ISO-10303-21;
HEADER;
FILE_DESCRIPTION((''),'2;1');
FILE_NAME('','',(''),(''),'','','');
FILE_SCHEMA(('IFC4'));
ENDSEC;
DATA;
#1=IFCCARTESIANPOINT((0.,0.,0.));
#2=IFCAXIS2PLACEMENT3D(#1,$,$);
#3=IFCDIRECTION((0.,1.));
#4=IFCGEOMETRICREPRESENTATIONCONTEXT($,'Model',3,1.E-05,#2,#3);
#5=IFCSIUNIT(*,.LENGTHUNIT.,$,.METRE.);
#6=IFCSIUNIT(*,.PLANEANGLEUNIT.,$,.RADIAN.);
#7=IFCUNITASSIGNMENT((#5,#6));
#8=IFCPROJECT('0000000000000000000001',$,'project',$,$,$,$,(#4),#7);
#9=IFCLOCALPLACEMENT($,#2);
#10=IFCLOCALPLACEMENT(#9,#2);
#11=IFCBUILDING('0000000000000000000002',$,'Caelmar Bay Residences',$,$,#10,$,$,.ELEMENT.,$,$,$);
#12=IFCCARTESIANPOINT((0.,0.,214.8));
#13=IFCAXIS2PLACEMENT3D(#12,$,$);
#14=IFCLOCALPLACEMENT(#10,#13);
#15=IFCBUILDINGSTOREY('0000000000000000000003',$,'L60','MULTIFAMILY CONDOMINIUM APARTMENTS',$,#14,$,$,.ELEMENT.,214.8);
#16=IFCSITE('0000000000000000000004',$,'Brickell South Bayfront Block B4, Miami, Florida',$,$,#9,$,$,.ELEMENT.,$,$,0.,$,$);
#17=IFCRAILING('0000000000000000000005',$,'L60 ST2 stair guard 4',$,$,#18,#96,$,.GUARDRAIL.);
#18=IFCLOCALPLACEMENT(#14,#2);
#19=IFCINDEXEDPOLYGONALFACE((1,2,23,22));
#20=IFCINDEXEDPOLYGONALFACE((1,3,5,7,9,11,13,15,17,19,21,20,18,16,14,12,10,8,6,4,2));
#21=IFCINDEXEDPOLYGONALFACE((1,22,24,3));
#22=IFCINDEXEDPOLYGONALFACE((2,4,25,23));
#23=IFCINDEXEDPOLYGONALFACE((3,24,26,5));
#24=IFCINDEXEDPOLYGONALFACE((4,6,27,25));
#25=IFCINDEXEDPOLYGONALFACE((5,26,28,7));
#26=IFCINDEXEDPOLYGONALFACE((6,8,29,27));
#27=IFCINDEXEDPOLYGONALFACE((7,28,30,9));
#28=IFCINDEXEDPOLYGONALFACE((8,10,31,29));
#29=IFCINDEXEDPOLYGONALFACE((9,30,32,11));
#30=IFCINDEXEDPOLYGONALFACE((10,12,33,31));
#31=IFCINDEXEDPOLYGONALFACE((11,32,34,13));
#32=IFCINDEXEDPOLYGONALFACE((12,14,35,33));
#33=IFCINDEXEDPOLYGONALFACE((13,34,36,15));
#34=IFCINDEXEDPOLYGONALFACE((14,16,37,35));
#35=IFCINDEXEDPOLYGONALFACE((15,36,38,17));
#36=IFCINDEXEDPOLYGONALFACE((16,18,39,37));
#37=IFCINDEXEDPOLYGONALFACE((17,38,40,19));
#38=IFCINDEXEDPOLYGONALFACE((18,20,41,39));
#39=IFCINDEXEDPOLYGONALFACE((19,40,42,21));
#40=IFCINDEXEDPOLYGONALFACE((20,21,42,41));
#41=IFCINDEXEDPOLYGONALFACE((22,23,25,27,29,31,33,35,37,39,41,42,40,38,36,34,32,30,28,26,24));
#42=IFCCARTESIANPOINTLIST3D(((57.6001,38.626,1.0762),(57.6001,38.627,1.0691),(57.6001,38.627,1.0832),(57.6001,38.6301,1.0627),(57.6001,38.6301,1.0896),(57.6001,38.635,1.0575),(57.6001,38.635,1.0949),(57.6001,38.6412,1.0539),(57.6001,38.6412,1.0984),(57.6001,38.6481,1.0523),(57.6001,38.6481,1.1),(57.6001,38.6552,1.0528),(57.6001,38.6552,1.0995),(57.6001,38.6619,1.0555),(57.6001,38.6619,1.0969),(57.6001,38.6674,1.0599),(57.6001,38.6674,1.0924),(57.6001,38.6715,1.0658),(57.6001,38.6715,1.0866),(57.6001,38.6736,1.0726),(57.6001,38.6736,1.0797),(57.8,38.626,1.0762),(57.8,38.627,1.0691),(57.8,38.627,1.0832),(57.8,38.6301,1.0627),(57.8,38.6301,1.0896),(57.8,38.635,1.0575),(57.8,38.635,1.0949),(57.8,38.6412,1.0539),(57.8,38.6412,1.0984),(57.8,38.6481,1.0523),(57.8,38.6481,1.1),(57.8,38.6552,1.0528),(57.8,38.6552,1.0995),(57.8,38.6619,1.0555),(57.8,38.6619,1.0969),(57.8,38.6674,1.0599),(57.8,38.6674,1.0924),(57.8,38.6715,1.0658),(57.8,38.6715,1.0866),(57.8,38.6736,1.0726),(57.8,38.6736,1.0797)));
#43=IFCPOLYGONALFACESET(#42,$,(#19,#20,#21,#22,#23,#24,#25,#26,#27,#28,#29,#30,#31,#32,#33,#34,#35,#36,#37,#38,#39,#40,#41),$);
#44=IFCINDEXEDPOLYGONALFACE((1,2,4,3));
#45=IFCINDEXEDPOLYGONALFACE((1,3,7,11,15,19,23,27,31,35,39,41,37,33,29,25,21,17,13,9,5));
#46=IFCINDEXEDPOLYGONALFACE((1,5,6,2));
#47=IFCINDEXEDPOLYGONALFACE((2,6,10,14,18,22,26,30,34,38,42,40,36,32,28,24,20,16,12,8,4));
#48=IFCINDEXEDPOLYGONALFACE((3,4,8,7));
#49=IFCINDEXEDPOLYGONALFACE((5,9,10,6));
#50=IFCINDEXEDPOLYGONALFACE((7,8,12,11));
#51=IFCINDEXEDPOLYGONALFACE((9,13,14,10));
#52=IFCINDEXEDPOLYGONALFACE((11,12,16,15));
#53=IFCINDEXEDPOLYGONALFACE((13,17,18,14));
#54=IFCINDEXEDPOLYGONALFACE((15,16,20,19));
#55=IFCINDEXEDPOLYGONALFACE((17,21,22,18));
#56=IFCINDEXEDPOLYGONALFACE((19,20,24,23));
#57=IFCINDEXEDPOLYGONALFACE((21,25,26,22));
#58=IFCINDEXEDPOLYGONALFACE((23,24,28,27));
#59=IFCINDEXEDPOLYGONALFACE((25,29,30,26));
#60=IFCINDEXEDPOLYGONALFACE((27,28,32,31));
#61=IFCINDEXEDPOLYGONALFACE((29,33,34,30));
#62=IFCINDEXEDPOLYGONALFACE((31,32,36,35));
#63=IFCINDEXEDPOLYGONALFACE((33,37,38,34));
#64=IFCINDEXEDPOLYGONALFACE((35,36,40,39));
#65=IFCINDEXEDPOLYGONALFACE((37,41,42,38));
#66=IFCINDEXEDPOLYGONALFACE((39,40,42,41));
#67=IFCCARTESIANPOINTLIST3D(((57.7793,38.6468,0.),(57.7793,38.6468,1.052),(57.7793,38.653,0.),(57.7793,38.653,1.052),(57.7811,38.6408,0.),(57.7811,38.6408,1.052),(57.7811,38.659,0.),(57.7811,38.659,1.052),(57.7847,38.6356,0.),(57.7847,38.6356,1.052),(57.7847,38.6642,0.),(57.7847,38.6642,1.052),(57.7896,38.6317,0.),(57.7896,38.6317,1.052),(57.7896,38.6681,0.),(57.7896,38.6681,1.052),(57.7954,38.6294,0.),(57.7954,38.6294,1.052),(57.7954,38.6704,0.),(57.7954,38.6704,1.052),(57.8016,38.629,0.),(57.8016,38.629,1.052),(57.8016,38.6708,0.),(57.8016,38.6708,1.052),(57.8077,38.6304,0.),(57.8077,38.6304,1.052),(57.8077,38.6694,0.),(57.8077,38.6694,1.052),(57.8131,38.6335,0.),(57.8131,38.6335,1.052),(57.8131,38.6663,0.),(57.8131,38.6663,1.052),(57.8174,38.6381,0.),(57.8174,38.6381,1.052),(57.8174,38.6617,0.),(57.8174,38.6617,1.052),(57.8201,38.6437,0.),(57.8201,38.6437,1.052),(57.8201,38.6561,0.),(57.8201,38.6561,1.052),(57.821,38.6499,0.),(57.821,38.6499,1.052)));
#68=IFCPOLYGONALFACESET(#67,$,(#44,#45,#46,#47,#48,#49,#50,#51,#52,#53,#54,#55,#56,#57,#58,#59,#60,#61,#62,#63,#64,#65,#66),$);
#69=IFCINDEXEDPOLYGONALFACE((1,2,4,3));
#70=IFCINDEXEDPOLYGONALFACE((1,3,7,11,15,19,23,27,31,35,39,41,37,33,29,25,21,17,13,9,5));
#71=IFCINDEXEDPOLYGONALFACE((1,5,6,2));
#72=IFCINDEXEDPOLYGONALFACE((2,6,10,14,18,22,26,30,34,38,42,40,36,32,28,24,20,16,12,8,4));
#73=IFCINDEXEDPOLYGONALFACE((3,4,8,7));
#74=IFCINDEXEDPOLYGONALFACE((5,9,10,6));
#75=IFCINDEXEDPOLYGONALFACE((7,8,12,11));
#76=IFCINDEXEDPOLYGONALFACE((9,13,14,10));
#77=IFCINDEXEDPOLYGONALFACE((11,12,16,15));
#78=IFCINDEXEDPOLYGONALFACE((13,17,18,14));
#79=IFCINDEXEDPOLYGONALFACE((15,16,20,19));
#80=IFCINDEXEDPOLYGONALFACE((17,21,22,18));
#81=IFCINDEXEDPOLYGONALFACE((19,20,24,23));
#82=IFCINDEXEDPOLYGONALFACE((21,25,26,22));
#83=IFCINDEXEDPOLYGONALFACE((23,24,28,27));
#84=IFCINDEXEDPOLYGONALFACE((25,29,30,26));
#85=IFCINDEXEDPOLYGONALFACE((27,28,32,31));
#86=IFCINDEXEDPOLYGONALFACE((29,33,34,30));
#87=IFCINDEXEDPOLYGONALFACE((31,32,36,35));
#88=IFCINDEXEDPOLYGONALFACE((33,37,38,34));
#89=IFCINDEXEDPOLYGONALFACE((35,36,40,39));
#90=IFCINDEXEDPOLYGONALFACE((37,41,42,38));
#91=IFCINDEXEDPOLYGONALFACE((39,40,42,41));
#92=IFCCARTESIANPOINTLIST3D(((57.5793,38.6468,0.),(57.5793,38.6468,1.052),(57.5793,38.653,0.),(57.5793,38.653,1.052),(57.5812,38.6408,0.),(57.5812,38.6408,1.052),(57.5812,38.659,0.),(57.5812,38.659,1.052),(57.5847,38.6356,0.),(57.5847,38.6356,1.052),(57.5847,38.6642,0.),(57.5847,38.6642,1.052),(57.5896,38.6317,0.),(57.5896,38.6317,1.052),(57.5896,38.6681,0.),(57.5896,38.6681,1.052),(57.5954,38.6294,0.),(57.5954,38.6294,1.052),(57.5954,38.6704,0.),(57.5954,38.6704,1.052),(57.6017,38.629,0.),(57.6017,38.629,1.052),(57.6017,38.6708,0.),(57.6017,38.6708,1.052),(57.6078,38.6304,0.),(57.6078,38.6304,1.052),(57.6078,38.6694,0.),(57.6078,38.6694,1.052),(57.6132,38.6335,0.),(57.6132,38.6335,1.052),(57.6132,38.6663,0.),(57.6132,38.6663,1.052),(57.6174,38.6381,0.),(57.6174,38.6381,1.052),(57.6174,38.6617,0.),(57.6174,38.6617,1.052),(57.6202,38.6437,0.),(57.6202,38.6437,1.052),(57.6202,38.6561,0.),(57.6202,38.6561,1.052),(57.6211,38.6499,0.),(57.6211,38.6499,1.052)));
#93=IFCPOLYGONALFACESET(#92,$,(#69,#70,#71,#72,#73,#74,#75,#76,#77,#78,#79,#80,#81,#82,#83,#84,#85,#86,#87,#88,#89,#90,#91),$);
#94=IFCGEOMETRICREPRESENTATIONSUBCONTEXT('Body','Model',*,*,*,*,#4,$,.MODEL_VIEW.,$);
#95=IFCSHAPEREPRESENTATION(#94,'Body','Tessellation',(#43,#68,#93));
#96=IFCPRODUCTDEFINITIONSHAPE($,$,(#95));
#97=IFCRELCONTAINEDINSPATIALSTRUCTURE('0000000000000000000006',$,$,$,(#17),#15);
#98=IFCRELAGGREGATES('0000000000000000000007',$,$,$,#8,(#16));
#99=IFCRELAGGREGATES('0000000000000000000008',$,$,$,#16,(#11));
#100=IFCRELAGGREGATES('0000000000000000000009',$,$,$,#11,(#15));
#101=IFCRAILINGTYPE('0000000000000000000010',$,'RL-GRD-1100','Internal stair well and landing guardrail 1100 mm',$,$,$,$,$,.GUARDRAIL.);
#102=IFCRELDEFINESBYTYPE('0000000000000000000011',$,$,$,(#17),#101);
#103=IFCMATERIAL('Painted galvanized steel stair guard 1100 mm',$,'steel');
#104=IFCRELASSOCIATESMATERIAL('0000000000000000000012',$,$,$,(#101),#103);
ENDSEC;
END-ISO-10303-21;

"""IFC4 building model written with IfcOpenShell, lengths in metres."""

from ifc_helpers import new_model, si_unit, direction, frame, origin, origin_2d, place, context, subcontext, project, spatial, circle, extrude, material, type_object, element, save


model = new_model("IFC4")

# Units and contexts
model_context = context("Model", 3, precision=1e-05, world=origin(), true_north=direction((0.0, 1.0)))
body_context = subcontext(model_context, "Body", "Model", "MODEL_VIEW")
ifc_project = project(units=[si_unit("LENGTHUNIT", "METRE"), si_unit("PLANEANGLEUNIT", "RADIAN")], contexts=[model_context])

# Site, building, storey
site_placement = place(None, origin())
site = spatial("IfcSite", under=ifc_project, at=site_placement, Name="Brickell South Bayfront Block B4, Miami, Florida", CompositionType="ELEMENT", RefElevation=0.0)
building_placement = place(site_placement, origin())
building = spatial("IfcBuilding", under=site, at=building_placement, Name="Caelmar Bay Residences", CompositionType="ELEMENT")
storey_placement = place(building_placement, frame((0.0, 0.0, 214.8)))
storey = spatial("IfcBuildingStorey", under=building, at=storey_placement, Name="L60", Description="MULTIFAMILY CONDOMINIUM APARTMENTS", CompositionType="ELEMENT", Elevation=214.8)

# Railing
ifc_material_1 = material(Name="Painted galvanized steel stair guard 1100 mm", Category="steel")
railing_type_1 = type_object("IfcRailingType", Name="RL-GRD-1100", Description="Internal stair well and landing guardrail 1100 mm", PredefinedType="GUARDRAIL", material=ifc_material_1)
railing_1_placement = place(storey_placement, frame((57.8, 38.6499, 0.0)))
element("IfcRailing", 1, at=railing_1_placement, inside=storey, type_object=railing_type_1, Name="L60 ST2 stair guard 4", PredefinedType="GUARDRAIL", context=body_context, shape_type="SweptSolid", body=[
    extrude(circle(Radius=0.0239, at=origin_2d()), frame((0.0, 0.0, 1.0762), z_axis=(-1.0, 0.0, 0.0), x_axis=(0.0, -1.0, 0.0)), (0.0, 0.0, 1.0), 0.2),
    extrude(circle(Radius=0.021, at=origin_2d()), origin(), (0.0, 0.0, 1.0), 1.052),
    extrude(circle(Radius=0.021, at=origin_2d()), frame((-0.2, 0.0, 0.0)), (0.0, 0.0, 1.0), 1.052),
])

save(model, "model.ifc")
